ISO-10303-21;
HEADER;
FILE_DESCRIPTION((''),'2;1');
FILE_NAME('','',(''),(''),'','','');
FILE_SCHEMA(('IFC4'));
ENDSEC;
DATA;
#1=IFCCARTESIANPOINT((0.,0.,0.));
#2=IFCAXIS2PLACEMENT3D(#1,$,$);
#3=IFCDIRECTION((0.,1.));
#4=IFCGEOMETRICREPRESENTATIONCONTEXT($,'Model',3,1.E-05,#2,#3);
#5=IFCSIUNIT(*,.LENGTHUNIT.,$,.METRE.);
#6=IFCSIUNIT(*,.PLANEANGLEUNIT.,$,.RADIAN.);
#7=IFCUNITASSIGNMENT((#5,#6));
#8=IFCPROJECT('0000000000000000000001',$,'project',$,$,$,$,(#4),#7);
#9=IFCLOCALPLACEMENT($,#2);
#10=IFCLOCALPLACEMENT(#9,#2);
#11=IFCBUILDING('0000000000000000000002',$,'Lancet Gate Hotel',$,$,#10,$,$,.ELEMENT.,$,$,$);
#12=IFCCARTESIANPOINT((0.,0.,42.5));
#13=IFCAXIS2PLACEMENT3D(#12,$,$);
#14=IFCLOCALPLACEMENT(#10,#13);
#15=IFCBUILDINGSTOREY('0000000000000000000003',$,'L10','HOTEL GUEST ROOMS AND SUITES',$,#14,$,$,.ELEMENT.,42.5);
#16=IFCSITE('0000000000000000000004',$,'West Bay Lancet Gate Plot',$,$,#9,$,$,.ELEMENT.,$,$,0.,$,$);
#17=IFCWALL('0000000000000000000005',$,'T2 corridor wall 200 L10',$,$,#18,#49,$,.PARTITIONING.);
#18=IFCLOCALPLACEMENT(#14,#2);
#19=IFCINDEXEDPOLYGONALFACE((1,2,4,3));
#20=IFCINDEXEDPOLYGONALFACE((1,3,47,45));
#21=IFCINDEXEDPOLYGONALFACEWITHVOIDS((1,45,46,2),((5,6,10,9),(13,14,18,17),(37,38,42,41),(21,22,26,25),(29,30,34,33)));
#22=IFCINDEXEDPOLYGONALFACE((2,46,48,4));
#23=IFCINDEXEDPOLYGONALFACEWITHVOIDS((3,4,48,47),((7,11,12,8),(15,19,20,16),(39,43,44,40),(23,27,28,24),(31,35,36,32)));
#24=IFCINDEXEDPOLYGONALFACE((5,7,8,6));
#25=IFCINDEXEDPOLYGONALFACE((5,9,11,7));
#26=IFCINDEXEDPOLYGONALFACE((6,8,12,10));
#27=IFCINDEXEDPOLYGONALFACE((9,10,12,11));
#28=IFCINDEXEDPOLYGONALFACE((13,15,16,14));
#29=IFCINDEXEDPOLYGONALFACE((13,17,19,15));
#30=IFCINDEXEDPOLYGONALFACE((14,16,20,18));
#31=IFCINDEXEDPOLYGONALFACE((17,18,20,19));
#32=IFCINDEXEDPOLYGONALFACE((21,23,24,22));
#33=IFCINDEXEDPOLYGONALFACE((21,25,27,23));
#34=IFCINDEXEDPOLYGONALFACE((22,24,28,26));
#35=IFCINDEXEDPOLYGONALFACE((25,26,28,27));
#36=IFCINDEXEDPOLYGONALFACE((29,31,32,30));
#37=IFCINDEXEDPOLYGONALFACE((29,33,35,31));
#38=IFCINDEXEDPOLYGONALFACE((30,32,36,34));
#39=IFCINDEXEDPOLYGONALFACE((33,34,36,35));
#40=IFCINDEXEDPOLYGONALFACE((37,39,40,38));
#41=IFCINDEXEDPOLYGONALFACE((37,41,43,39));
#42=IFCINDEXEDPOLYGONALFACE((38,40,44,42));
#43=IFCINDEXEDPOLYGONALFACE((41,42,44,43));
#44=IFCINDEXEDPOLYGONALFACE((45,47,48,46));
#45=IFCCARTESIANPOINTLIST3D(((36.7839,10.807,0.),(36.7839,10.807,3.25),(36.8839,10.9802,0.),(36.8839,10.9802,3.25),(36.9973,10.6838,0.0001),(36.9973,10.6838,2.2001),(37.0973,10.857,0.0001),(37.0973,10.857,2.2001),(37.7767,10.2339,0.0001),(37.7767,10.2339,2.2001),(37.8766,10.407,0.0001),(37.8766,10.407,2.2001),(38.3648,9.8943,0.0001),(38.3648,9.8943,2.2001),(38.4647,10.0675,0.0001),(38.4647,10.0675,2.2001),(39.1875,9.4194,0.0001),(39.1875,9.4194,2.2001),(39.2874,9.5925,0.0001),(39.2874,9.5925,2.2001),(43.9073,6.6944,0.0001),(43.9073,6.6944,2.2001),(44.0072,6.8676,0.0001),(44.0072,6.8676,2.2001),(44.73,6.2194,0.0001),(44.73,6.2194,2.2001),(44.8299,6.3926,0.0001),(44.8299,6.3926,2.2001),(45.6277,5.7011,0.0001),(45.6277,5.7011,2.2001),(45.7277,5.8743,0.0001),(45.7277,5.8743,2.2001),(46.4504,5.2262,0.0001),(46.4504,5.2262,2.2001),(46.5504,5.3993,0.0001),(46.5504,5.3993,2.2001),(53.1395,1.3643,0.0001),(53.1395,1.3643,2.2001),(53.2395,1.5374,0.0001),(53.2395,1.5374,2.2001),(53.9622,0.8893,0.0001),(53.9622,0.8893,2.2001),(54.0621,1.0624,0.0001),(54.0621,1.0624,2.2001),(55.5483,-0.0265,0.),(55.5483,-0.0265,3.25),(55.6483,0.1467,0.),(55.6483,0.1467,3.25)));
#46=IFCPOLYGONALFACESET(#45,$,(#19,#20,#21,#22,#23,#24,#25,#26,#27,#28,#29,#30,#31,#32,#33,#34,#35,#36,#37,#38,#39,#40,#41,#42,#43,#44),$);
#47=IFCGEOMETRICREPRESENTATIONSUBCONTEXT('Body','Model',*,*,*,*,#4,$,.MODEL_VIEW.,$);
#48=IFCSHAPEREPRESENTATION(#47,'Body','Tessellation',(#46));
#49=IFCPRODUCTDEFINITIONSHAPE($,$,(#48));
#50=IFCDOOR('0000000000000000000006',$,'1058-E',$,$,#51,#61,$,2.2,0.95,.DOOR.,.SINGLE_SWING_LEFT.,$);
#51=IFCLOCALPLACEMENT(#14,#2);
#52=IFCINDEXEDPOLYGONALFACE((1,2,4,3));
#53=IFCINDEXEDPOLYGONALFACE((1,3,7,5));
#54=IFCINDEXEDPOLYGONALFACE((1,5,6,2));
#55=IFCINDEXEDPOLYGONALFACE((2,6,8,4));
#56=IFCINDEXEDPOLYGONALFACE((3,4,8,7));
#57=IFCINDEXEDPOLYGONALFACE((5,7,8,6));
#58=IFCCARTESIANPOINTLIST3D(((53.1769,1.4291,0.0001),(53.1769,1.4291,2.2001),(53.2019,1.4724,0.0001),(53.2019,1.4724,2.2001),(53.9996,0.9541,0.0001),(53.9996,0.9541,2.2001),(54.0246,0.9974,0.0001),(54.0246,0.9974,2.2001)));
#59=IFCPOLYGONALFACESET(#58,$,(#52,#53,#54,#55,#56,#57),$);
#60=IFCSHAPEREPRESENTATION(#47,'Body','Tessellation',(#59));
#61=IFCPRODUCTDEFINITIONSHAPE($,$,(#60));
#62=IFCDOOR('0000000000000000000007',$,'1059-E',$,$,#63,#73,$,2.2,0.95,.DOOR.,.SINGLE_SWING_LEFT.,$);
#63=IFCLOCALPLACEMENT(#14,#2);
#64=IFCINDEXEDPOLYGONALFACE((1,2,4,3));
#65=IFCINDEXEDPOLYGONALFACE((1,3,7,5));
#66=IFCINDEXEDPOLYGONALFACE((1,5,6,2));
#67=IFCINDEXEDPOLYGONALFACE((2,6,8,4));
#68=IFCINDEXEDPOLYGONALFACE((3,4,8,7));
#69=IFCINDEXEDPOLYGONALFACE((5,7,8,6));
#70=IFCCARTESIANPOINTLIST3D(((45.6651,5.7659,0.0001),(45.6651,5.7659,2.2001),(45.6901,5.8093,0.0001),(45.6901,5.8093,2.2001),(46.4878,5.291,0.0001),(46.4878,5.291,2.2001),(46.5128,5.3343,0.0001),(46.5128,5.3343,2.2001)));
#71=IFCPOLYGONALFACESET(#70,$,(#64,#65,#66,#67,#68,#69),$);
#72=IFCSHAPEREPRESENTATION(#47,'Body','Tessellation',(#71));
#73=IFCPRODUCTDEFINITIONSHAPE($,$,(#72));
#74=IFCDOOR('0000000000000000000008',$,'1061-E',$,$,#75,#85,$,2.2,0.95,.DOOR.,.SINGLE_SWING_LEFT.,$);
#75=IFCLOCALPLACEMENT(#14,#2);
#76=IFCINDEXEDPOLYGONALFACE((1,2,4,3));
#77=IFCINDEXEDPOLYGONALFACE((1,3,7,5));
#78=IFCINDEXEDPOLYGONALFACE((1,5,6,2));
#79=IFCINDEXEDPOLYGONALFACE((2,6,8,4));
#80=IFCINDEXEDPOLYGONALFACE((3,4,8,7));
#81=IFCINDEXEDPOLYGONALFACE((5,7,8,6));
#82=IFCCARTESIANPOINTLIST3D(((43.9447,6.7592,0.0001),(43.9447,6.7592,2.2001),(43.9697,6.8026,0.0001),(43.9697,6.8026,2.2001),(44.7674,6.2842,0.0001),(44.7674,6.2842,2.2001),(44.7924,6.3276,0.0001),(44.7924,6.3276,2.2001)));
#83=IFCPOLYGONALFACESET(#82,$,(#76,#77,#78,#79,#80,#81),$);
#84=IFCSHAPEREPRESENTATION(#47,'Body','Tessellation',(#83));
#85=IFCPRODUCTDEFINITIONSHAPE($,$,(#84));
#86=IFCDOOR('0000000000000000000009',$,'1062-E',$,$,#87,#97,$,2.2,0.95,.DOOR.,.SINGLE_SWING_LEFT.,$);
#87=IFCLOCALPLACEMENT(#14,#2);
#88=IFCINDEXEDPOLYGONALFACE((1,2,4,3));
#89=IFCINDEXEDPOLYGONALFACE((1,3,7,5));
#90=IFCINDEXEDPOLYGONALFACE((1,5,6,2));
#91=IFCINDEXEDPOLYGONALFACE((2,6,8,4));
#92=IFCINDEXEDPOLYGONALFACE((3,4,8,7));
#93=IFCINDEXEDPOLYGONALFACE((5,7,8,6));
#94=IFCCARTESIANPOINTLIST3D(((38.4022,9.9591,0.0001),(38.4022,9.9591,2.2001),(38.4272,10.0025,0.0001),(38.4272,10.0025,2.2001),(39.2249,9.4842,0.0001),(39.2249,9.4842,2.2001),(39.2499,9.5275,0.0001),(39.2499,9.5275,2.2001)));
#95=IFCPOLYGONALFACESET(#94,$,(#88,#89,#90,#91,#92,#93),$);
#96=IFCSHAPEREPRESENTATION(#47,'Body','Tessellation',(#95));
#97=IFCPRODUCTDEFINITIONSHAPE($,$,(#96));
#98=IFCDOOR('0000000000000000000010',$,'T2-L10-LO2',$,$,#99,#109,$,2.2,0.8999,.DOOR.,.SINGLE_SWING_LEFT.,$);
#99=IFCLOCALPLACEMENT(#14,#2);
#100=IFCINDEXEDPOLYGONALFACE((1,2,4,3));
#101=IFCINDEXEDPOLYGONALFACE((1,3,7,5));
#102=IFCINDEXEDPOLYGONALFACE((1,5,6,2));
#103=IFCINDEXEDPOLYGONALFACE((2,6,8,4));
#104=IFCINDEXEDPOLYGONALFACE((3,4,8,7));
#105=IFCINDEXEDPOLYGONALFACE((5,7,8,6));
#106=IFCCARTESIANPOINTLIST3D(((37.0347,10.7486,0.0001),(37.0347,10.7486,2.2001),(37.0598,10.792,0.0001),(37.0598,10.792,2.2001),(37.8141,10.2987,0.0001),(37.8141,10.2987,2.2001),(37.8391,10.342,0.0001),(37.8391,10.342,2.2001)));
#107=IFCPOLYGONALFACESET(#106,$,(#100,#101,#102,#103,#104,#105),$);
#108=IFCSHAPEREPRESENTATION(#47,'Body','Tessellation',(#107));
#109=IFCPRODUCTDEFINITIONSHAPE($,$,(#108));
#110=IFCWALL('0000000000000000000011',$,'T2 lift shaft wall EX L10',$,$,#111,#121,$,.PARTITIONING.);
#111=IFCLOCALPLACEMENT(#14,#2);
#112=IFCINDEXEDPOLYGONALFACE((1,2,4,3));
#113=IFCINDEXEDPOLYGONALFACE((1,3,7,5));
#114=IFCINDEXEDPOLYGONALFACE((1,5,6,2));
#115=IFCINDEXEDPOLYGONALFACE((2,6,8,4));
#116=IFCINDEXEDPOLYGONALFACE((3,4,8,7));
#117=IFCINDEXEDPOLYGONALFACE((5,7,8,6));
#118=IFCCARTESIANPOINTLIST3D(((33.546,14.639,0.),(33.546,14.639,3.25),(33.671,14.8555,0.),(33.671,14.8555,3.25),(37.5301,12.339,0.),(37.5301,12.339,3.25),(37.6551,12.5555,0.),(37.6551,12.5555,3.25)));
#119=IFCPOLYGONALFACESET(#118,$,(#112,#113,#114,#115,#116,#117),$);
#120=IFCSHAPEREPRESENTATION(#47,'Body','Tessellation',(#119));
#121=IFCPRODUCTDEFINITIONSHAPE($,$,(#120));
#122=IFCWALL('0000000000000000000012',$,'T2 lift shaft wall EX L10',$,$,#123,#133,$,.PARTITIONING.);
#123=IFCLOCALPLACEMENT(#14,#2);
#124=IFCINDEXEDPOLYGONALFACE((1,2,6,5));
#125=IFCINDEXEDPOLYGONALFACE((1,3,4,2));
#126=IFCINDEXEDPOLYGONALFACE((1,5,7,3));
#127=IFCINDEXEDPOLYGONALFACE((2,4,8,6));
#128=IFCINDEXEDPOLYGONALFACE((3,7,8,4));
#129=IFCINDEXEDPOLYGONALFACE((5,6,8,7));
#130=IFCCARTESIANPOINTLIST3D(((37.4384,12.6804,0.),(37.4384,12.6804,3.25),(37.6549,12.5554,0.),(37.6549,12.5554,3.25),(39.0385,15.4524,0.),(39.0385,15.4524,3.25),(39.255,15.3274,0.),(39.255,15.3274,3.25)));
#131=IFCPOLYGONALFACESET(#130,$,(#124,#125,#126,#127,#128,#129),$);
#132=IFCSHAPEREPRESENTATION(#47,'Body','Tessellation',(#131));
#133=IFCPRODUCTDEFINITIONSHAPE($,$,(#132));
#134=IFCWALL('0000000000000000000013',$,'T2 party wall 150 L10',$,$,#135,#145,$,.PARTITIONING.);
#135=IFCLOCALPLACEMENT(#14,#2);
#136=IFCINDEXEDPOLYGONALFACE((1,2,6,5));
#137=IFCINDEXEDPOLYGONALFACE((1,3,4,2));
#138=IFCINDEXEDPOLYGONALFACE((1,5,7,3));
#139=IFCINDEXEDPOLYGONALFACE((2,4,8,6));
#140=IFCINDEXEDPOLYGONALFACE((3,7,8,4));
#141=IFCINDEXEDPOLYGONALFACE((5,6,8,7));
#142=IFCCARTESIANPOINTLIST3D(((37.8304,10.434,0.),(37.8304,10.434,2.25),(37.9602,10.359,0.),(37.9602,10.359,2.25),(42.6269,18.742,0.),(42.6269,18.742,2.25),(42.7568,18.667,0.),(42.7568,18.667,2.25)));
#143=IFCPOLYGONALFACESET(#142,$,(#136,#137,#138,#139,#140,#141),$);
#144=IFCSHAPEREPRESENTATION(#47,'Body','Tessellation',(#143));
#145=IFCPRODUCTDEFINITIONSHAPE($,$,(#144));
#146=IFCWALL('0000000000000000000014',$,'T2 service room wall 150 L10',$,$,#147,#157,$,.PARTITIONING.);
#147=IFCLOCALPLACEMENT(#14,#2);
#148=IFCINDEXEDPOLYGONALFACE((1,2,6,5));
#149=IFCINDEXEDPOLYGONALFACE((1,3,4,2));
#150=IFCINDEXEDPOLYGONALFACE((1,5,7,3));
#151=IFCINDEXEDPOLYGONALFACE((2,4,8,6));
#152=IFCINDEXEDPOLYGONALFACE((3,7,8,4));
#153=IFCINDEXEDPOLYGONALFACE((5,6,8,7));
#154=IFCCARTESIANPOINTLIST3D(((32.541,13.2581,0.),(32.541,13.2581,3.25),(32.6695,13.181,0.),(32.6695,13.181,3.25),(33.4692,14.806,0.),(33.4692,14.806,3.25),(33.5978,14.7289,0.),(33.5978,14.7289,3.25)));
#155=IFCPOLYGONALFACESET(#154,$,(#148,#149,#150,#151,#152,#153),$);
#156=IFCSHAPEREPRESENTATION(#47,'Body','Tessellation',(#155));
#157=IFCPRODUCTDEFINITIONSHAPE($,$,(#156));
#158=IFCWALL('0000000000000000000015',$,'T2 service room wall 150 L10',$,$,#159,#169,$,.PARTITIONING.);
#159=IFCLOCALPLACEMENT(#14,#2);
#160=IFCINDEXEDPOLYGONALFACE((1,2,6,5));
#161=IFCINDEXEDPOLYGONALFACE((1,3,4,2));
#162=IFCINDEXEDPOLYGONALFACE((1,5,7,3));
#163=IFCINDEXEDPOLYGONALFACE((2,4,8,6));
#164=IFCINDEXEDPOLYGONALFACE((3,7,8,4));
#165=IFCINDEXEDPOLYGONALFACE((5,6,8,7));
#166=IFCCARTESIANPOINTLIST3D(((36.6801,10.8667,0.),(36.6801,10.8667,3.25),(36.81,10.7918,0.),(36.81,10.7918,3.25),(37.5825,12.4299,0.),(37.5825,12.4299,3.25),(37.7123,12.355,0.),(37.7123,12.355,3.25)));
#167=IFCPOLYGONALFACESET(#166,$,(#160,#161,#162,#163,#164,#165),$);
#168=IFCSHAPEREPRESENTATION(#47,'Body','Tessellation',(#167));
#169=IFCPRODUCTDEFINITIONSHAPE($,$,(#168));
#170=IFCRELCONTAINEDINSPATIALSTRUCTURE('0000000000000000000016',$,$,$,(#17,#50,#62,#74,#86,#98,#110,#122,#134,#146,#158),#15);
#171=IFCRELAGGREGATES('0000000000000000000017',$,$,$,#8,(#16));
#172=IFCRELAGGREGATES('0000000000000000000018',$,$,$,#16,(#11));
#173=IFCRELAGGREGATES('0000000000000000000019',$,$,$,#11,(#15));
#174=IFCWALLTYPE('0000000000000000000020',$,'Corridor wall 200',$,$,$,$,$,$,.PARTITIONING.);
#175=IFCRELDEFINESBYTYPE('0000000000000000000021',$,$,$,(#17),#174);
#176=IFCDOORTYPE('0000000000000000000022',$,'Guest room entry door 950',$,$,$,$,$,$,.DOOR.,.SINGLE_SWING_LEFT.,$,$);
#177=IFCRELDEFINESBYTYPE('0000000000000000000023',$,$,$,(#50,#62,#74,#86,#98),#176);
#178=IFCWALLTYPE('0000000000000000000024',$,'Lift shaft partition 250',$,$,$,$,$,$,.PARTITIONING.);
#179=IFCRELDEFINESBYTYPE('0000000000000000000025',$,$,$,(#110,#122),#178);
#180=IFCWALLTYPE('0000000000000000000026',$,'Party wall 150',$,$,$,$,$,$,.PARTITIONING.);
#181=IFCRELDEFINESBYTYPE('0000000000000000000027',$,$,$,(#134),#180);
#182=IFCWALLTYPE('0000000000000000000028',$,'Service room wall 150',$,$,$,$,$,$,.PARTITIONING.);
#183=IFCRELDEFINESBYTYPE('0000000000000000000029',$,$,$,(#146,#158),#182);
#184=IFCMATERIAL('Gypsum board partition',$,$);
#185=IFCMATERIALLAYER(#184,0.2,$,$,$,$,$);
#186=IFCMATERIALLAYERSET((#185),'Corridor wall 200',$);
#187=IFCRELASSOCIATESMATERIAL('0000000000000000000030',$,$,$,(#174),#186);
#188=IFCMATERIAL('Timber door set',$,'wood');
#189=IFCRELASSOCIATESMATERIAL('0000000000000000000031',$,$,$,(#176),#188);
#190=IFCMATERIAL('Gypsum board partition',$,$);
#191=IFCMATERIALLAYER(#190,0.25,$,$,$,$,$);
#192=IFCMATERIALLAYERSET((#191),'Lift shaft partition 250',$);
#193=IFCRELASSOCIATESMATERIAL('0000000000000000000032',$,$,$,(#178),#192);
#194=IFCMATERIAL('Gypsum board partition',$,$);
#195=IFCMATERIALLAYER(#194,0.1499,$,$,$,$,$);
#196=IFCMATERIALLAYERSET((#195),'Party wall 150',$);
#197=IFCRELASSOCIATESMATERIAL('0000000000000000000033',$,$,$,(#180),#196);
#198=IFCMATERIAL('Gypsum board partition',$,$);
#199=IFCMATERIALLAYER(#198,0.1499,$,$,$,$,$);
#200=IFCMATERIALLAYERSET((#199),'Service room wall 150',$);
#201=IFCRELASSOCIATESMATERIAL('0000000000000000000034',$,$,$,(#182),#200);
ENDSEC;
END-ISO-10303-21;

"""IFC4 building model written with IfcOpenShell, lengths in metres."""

from ifc_helpers import new_model, si_unit, direction, frame, frame_2d, origin, place, context, subcontext, project, spatial, rectangle, extrude, material, layer, layer_set, type_object, element, fill, save


model = new_model("IFC4")

# Units and contexts
model_context = context("Model", 3, precision=1e-05, world=origin(), true_north=direction((0.0, 1.0)))
body_context = subcontext(model_context, "Body", "Model", "MODEL_VIEW")
ifc_project = project(units=[si_unit("LENGTHUNIT", "METRE"), si_unit("PLANEANGLEUNIT", "RADIAN")], contexts=[model_context])

# Site, building, storey
site_placement = place(None, origin())
site = spatial("IfcSite", under=ifc_project, at=site_placement, Name="West Bay Lancet Gate Plot", CompositionType="ELEMENT", RefElevation=0.0)
building_placement = place(site_placement, origin())
building = spatial("IfcBuilding", under=site, at=building_placement, Name="Lancet Gate Hotel", CompositionType="ELEMENT")
storey_placement = place(building_placement, frame((0.0, 0.0, 42.5)))
storey = spatial("IfcBuildingStorey", under=building, at=storey_placement, Name="L10", Description="HOTEL GUEST ROOMS AND SUITES", CompositionType="ELEMENT", Elevation=42.5)

# Wall, openings, doors
ifc_material_1 = material(Name="Gypsum board partition")
ifc_layer_1 = layer(ifc_material_1, 0.2)
ifc_layer_set_1 = layer_set([ifc_layer_1], Name="Corridor wall 200")
wall_type_1 = type_object("IfcWallType", Name="Corridor wall 200", PredefinedType="PARTITIONING", material=ifc_layer_set_1)
wall_1_placement = place(storey_placement, frame((36.834, 10.8936, 0.0), z_axis=(0.0, 0.0, 1.0), x_axis=(0.866028, -0.499995, 0.0)))
wall_1 = element("IfcWall", 1, at=wall_1_placement, inside=storey, type_object=wall_type_1, Name="T2 corridor wall 200 L10", PredefinedType="PARTITIONING", context=body_context, shape_type="SweptSolid", body=[
    extrude(rectangle(XDim=21.6672, YDim=0.2, at=frame_2d((10.8335, 0.0))), origin(), (0.0, 0.0, 1.0), 3.25),
])
opening_1_placement = place(wall_1_placement, frame((18.8855, 0.0, 0.0)))
opening_1 = element("IfcOpeningElement", 2, at=opening_1_placement, cuts=wall_1, PredefinedType="OPENING", context=body_context, shape_type="SweptSolid", body=[
    extrude(rectangle(XDim=0.95, YDim=2.2, at=frame_2d((0.4751, 1.1001))), frame((0.0, 0.1099, 0.0), z_axis=(0.0, -1.0, 0.0), x_axis=(1.0, 0.0, 0.0)), (0.0, 0.0, 1.0), 0.22),
])
opening_2_placement = place(wall_1_placement, frame((10.2117, 0.0, 0.0)))
opening_2 = element("IfcOpeningElement", 3, at=opening_2_placement, cuts=wall_1, PredefinedType="OPENING", context=body_context, shape_type="SweptSolid", body=[
    extrude(rectangle(XDim=0.95, YDim=2.2, at=frame_2d((0.4751, 1.1001))), frame((0.0, 0.1099, 0.0), z_axis=(0.0, -1.0, 0.0), x_axis=(1.0, 0.0, 0.0)), (0.0, 0.0, 1.0), 0.22),
])
opening_3_placement = place(wall_1_placement, frame((8.2251, 0.0, 0.0)))
opening_3 = element("IfcOpeningElement", 4, at=opening_3_placement, cuts=wall_1, PredefinedType="OPENING", context=body_context, shape_type="SweptSolid", body=[
    extrude(rectangle(XDim=0.95, YDim=2.2, at=frame_2d((0.4751, 1.1001))), frame((0.0, 0.1099, 0.0), z_axis=(0.0, -1.0, 0.0), x_axis=(1.0, 0.0, 0.0)), (0.0, 0.0, 1.0), 0.22),
])
opening_4_placement = place(wall_1_placement, frame((1.8252, 0.0, 0.0)))
opening_4 = element("IfcOpeningElement", 5, at=opening_4_placement, cuts=wall_1, PredefinedType="OPENING", context=body_context, shape_type="SweptSolid", body=[
    extrude(rectangle(XDim=0.95, YDim=2.2, at=frame_2d((0.4751, 1.1001))), frame((0.0, 0.1099, 0.0), z_axis=(0.0, -1.0, 0.0), x_axis=(1.0, 0.0, 0.0)), (0.0, 0.0, 1.0), 0.22),
])
opening_5_placement = place(wall_1_placement, frame((0.2463, 0.0, 0.0)))
opening_5 = element("IfcOpeningElement", 6, at=opening_5_placement, cuts=wall_1, PredefinedType="OPENING", context=body_context, shape_type="SweptSolid", body=[
    extrude(rectangle(XDim=0.8999, YDim=2.2, at=frame_2d((0.45, 1.1001))), frame((0.0, 0.1099, 0.0), z_axis=(0.0, -1.0, 0.0), x_axis=(1.0, 0.0, 0.0)), (0.0, 0.0, 1.0), 0.22),
])
ifc_material_2 = material(Name="Timber door set", Category="wood")
door_type_1 = type_object("IfcDoorType", Name="Guest room entry door 950", OperationType="SINGLE_SWING_LEFT", PredefinedType="DOOR", material=ifc_material_2)
door_1_placement = place(opening_1_placement, origin())
door_1 = element("IfcDoor", 7, at=door_1_placement, inside=storey, type_object=door_type_1, Name="1058-E", OperationType="SINGLE_SWING_LEFT", OverallHeight=2.2, OverallWidth=0.95, PredefinedType="DOOR", context=body_context, shape_type="SweptSolid", body=[
    extrude(rectangle(XDim=0.95, YDim=2.2, at=frame_2d((0.4751, 1.1001))), frame((0.0, 0.0249, 0.0), z_axis=(0.0, -1.0, 0.0), x_axis=(1.0, 0.0, 0.0)), (0.0, 0.0, 1.0), 0.05),
])
fill(opening_1, door_1)
door_2_placement = place(opening_2_placement, origin())
door_2 = element("IfcDoor", 8, at=door_2_placement, inside=storey, type_object=door_type_1, Name="1059-E", OperationType="SINGLE_SWING_LEFT", OverallHeight=2.2, OverallWidth=0.95, PredefinedType="DOOR", context=body_context, shape_type="SweptSolid", body=[
    extrude(rectangle(XDim=0.95, YDim=2.2, at=frame_2d((0.4751, 1.1001))), frame((0.0, 0.0249, 0.0), z_axis=(0.0, -1.0, 0.0), x_axis=(1.0, 0.0, 0.0)), (0.0, 0.0, 1.0), 0.05),
])
fill(opening_2, door_2)
door_3_placement = place(opening_3_placement, origin())
door_3 = element("IfcDoor", 9, at=door_3_placement, inside=storey, type_object=door_type_1, Name="1061-E", OperationType="SINGLE_SWING_LEFT", OverallHeight=2.2, OverallWidth=0.95, PredefinedType="DOOR", context=body_context, shape_type="SweptSolid", body=[
    extrude(rectangle(XDim=0.95, YDim=2.2, at=frame_2d((0.4751, 1.1001))), frame((0.0, 0.0249, 0.0), z_axis=(0.0, -1.0, 0.0), x_axis=(1.0, 0.0, 0.0)), (0.0, 0.0, 1.0), 0.05),
])
fill(opening_3, door_3)
door_4_placement = place(opening_4_placement, origin())
door_4 = element("IfcDoor", 10, at=door_4_placement, inside=storey, type_object=door_type_1, Name="1062-E", OperationType="SINGLE_SWING_LEFT", OverallHeight=2.2, OverallWidth=0.95, PredefinedType="DOOR", context=body_context, shape_type="SweptSolid", body=[
    extrude(rectangle(XDim=0.95, YDim=2.2, at=frame_2d((0.4751, 1.1001))), frame((0.0, 0.0249, 0.0), z_axis=(0.0, -1.0, 0.0), x_axis=(1.0, 0.0, 0.0)), (0.0, 0.0, 1.0), 0.05),
])
fill(opening_4, door_4)
door_5_placement = place(opening_5_placement, origin())
door_5 = element("IfcDoor", 11, at=door_5_placement, inside=storey, type_object=door_type_1, Name="T2-L10-LO2", OperationType="SINGLE_SWING_LEFT", OverallHeight=2.2, OverallWidth=0.8999, PredefinedType="DOOR", context=body_context, shape_type="SweptSolid", body=[
    extrude(rectangle(XDim=0.8999, YDim=2.2, at=frame_2d((0.45, 1.1001))), frame((0.0, 0.0249, 0.0), z_axis=(0.0, -1.0, 0.0), x_axis=(1.0, 0.0, 0.0)), (0.0, 0.0, 1.0), 0.05),
])
fill(opening_5, door_5)

# Walls
ifc_material_3 = material(Name="Gypsum board partition")
ifc_layer_2 = layer(ifc_material_3, 0.25)
ifc_layer_set_2 = layer_set([ifc_layer_2], Name="Lift shaft partition 250")
wall_type_2 = type_object("IfcWallType", Name="Lift shaft partition 250", PredefinedType="PARTITIONING", material=ifc_layer_set_2)
wall_2_placement = place(storey_placement, frame((33.6084, 14.7473, 0.0), z_axis=(0.0, 0.0, 1.0), x_axis=(0.866043, -0.499969, 0.0)))
element("IfcWall", 12, at=wall_2_placement, inside=storey, type_object=wall_type_2, Name="T2 lift shaft wall EX L10", PredefinedType="PARTITIONING", context=body_context, shape_type="SweptSolid", body=[
    extrude(rectangle(XDim=4.6003, YDim=0.25, at=frame_2d((2.3003, 0.0))), origin(), (0.0, 0.0, 1.0), 3.25),
])
wall_3_placement = place(storey_placement, frame((37.5466, 12.6179, 0.0), z_axis=(0.0, 0.0, 1.0), x_axis=(0.499929, 0.866066, 0.0)))
element("IfcWall", 13, at=wall_3_placement, inside=storey, type_object=wall_type_2, Name="T2 lift shaft wall EX L10", PredefinedType="PARTITIONING", context=body_context, shape_type="SweptSolid", body=[
    extrude(rectangle(XDim=3.2007, YDim=0.25, at=frame_2d((1.6003, 0.0))), origin(), (0.0, 0.0, 1.0), 3.25),
])
ifc_material_4 = material(Name="Gypsum board partition")
ifc_layer_3 = layer(ifc_material_4, 0.1499)
ifc_layer_set_3 = layer_set([ifc_layer_3], Name="Party wall 150")
wall_type_3 = type_object("IfcWallType", Name="Party wall 150", PredefinedType="PARTITIONING", material=ifc_layer_set_3)
wall_4_placement = place(storey_placement, frame((37.8953, 10.3965, 0.0), z_axis=(0.0, 0.0, 1.0), x_axis=(0.499996, 0.866028, 0.0)))
element("IfcWall", 14, at=wall_4_placement, inside=storey, type_object=wall_type_3, Name="T2 party wall 150 L10", PredefinedType="PARTITIONING", context=body_context, shape_type="SweptSolid", body=[
    extrude(rectangle(XDim=9.5933, YDim=0.1499, at=frame_2d((4.7966, 0.0))), origin(), (0.0, 0.0, 1.0), 2.25),
])
ifc_material_5 = material(Name="Gypsum board partition")
ifc_layer_4 = layer(ifc_material_5, 0.1499)
ifc_layer_set_4 = layer_set([ifc_layer_4], Name="Service room wall 150")
wall_type_4 = type_object("IfcWallType", Name="Service room wall 150", PredefinedType="PARTITIONING", material=ifc_layer_set_4)
for number, where, z_axis, x_axis, name in (
    (15, (33.5334, 14.7673, 0.0), (0.0, 0.0, 1.0), (-0.514297, -0.857612, 0.0), "T2 service room wall 150 L10"),
    (16, (36.7451, 10.8293, 0.0), (0.0, 0.0, 1.0), (0.499922, 0.866071, 0.0), "T2 service room wall 150 L10"),
):
    element("IfcWall", number, at=place(storey_placement, frame(where, z_axis=z_axis, x_axis=x_axis)), inside=storey, type_object=wall_type_4, Name=name, PredefinedType="PARTITIONING", context=body_context, shape_type="SweptSolid", body=[
        extrude(rectangle(XDim=1.8049, YDim=0.1499, at=frame_2d((0.9023, 0.0))), origin(), (0.0, 0.0, 1.0), 3.25),
    ])

save(model, "model.ifc")
